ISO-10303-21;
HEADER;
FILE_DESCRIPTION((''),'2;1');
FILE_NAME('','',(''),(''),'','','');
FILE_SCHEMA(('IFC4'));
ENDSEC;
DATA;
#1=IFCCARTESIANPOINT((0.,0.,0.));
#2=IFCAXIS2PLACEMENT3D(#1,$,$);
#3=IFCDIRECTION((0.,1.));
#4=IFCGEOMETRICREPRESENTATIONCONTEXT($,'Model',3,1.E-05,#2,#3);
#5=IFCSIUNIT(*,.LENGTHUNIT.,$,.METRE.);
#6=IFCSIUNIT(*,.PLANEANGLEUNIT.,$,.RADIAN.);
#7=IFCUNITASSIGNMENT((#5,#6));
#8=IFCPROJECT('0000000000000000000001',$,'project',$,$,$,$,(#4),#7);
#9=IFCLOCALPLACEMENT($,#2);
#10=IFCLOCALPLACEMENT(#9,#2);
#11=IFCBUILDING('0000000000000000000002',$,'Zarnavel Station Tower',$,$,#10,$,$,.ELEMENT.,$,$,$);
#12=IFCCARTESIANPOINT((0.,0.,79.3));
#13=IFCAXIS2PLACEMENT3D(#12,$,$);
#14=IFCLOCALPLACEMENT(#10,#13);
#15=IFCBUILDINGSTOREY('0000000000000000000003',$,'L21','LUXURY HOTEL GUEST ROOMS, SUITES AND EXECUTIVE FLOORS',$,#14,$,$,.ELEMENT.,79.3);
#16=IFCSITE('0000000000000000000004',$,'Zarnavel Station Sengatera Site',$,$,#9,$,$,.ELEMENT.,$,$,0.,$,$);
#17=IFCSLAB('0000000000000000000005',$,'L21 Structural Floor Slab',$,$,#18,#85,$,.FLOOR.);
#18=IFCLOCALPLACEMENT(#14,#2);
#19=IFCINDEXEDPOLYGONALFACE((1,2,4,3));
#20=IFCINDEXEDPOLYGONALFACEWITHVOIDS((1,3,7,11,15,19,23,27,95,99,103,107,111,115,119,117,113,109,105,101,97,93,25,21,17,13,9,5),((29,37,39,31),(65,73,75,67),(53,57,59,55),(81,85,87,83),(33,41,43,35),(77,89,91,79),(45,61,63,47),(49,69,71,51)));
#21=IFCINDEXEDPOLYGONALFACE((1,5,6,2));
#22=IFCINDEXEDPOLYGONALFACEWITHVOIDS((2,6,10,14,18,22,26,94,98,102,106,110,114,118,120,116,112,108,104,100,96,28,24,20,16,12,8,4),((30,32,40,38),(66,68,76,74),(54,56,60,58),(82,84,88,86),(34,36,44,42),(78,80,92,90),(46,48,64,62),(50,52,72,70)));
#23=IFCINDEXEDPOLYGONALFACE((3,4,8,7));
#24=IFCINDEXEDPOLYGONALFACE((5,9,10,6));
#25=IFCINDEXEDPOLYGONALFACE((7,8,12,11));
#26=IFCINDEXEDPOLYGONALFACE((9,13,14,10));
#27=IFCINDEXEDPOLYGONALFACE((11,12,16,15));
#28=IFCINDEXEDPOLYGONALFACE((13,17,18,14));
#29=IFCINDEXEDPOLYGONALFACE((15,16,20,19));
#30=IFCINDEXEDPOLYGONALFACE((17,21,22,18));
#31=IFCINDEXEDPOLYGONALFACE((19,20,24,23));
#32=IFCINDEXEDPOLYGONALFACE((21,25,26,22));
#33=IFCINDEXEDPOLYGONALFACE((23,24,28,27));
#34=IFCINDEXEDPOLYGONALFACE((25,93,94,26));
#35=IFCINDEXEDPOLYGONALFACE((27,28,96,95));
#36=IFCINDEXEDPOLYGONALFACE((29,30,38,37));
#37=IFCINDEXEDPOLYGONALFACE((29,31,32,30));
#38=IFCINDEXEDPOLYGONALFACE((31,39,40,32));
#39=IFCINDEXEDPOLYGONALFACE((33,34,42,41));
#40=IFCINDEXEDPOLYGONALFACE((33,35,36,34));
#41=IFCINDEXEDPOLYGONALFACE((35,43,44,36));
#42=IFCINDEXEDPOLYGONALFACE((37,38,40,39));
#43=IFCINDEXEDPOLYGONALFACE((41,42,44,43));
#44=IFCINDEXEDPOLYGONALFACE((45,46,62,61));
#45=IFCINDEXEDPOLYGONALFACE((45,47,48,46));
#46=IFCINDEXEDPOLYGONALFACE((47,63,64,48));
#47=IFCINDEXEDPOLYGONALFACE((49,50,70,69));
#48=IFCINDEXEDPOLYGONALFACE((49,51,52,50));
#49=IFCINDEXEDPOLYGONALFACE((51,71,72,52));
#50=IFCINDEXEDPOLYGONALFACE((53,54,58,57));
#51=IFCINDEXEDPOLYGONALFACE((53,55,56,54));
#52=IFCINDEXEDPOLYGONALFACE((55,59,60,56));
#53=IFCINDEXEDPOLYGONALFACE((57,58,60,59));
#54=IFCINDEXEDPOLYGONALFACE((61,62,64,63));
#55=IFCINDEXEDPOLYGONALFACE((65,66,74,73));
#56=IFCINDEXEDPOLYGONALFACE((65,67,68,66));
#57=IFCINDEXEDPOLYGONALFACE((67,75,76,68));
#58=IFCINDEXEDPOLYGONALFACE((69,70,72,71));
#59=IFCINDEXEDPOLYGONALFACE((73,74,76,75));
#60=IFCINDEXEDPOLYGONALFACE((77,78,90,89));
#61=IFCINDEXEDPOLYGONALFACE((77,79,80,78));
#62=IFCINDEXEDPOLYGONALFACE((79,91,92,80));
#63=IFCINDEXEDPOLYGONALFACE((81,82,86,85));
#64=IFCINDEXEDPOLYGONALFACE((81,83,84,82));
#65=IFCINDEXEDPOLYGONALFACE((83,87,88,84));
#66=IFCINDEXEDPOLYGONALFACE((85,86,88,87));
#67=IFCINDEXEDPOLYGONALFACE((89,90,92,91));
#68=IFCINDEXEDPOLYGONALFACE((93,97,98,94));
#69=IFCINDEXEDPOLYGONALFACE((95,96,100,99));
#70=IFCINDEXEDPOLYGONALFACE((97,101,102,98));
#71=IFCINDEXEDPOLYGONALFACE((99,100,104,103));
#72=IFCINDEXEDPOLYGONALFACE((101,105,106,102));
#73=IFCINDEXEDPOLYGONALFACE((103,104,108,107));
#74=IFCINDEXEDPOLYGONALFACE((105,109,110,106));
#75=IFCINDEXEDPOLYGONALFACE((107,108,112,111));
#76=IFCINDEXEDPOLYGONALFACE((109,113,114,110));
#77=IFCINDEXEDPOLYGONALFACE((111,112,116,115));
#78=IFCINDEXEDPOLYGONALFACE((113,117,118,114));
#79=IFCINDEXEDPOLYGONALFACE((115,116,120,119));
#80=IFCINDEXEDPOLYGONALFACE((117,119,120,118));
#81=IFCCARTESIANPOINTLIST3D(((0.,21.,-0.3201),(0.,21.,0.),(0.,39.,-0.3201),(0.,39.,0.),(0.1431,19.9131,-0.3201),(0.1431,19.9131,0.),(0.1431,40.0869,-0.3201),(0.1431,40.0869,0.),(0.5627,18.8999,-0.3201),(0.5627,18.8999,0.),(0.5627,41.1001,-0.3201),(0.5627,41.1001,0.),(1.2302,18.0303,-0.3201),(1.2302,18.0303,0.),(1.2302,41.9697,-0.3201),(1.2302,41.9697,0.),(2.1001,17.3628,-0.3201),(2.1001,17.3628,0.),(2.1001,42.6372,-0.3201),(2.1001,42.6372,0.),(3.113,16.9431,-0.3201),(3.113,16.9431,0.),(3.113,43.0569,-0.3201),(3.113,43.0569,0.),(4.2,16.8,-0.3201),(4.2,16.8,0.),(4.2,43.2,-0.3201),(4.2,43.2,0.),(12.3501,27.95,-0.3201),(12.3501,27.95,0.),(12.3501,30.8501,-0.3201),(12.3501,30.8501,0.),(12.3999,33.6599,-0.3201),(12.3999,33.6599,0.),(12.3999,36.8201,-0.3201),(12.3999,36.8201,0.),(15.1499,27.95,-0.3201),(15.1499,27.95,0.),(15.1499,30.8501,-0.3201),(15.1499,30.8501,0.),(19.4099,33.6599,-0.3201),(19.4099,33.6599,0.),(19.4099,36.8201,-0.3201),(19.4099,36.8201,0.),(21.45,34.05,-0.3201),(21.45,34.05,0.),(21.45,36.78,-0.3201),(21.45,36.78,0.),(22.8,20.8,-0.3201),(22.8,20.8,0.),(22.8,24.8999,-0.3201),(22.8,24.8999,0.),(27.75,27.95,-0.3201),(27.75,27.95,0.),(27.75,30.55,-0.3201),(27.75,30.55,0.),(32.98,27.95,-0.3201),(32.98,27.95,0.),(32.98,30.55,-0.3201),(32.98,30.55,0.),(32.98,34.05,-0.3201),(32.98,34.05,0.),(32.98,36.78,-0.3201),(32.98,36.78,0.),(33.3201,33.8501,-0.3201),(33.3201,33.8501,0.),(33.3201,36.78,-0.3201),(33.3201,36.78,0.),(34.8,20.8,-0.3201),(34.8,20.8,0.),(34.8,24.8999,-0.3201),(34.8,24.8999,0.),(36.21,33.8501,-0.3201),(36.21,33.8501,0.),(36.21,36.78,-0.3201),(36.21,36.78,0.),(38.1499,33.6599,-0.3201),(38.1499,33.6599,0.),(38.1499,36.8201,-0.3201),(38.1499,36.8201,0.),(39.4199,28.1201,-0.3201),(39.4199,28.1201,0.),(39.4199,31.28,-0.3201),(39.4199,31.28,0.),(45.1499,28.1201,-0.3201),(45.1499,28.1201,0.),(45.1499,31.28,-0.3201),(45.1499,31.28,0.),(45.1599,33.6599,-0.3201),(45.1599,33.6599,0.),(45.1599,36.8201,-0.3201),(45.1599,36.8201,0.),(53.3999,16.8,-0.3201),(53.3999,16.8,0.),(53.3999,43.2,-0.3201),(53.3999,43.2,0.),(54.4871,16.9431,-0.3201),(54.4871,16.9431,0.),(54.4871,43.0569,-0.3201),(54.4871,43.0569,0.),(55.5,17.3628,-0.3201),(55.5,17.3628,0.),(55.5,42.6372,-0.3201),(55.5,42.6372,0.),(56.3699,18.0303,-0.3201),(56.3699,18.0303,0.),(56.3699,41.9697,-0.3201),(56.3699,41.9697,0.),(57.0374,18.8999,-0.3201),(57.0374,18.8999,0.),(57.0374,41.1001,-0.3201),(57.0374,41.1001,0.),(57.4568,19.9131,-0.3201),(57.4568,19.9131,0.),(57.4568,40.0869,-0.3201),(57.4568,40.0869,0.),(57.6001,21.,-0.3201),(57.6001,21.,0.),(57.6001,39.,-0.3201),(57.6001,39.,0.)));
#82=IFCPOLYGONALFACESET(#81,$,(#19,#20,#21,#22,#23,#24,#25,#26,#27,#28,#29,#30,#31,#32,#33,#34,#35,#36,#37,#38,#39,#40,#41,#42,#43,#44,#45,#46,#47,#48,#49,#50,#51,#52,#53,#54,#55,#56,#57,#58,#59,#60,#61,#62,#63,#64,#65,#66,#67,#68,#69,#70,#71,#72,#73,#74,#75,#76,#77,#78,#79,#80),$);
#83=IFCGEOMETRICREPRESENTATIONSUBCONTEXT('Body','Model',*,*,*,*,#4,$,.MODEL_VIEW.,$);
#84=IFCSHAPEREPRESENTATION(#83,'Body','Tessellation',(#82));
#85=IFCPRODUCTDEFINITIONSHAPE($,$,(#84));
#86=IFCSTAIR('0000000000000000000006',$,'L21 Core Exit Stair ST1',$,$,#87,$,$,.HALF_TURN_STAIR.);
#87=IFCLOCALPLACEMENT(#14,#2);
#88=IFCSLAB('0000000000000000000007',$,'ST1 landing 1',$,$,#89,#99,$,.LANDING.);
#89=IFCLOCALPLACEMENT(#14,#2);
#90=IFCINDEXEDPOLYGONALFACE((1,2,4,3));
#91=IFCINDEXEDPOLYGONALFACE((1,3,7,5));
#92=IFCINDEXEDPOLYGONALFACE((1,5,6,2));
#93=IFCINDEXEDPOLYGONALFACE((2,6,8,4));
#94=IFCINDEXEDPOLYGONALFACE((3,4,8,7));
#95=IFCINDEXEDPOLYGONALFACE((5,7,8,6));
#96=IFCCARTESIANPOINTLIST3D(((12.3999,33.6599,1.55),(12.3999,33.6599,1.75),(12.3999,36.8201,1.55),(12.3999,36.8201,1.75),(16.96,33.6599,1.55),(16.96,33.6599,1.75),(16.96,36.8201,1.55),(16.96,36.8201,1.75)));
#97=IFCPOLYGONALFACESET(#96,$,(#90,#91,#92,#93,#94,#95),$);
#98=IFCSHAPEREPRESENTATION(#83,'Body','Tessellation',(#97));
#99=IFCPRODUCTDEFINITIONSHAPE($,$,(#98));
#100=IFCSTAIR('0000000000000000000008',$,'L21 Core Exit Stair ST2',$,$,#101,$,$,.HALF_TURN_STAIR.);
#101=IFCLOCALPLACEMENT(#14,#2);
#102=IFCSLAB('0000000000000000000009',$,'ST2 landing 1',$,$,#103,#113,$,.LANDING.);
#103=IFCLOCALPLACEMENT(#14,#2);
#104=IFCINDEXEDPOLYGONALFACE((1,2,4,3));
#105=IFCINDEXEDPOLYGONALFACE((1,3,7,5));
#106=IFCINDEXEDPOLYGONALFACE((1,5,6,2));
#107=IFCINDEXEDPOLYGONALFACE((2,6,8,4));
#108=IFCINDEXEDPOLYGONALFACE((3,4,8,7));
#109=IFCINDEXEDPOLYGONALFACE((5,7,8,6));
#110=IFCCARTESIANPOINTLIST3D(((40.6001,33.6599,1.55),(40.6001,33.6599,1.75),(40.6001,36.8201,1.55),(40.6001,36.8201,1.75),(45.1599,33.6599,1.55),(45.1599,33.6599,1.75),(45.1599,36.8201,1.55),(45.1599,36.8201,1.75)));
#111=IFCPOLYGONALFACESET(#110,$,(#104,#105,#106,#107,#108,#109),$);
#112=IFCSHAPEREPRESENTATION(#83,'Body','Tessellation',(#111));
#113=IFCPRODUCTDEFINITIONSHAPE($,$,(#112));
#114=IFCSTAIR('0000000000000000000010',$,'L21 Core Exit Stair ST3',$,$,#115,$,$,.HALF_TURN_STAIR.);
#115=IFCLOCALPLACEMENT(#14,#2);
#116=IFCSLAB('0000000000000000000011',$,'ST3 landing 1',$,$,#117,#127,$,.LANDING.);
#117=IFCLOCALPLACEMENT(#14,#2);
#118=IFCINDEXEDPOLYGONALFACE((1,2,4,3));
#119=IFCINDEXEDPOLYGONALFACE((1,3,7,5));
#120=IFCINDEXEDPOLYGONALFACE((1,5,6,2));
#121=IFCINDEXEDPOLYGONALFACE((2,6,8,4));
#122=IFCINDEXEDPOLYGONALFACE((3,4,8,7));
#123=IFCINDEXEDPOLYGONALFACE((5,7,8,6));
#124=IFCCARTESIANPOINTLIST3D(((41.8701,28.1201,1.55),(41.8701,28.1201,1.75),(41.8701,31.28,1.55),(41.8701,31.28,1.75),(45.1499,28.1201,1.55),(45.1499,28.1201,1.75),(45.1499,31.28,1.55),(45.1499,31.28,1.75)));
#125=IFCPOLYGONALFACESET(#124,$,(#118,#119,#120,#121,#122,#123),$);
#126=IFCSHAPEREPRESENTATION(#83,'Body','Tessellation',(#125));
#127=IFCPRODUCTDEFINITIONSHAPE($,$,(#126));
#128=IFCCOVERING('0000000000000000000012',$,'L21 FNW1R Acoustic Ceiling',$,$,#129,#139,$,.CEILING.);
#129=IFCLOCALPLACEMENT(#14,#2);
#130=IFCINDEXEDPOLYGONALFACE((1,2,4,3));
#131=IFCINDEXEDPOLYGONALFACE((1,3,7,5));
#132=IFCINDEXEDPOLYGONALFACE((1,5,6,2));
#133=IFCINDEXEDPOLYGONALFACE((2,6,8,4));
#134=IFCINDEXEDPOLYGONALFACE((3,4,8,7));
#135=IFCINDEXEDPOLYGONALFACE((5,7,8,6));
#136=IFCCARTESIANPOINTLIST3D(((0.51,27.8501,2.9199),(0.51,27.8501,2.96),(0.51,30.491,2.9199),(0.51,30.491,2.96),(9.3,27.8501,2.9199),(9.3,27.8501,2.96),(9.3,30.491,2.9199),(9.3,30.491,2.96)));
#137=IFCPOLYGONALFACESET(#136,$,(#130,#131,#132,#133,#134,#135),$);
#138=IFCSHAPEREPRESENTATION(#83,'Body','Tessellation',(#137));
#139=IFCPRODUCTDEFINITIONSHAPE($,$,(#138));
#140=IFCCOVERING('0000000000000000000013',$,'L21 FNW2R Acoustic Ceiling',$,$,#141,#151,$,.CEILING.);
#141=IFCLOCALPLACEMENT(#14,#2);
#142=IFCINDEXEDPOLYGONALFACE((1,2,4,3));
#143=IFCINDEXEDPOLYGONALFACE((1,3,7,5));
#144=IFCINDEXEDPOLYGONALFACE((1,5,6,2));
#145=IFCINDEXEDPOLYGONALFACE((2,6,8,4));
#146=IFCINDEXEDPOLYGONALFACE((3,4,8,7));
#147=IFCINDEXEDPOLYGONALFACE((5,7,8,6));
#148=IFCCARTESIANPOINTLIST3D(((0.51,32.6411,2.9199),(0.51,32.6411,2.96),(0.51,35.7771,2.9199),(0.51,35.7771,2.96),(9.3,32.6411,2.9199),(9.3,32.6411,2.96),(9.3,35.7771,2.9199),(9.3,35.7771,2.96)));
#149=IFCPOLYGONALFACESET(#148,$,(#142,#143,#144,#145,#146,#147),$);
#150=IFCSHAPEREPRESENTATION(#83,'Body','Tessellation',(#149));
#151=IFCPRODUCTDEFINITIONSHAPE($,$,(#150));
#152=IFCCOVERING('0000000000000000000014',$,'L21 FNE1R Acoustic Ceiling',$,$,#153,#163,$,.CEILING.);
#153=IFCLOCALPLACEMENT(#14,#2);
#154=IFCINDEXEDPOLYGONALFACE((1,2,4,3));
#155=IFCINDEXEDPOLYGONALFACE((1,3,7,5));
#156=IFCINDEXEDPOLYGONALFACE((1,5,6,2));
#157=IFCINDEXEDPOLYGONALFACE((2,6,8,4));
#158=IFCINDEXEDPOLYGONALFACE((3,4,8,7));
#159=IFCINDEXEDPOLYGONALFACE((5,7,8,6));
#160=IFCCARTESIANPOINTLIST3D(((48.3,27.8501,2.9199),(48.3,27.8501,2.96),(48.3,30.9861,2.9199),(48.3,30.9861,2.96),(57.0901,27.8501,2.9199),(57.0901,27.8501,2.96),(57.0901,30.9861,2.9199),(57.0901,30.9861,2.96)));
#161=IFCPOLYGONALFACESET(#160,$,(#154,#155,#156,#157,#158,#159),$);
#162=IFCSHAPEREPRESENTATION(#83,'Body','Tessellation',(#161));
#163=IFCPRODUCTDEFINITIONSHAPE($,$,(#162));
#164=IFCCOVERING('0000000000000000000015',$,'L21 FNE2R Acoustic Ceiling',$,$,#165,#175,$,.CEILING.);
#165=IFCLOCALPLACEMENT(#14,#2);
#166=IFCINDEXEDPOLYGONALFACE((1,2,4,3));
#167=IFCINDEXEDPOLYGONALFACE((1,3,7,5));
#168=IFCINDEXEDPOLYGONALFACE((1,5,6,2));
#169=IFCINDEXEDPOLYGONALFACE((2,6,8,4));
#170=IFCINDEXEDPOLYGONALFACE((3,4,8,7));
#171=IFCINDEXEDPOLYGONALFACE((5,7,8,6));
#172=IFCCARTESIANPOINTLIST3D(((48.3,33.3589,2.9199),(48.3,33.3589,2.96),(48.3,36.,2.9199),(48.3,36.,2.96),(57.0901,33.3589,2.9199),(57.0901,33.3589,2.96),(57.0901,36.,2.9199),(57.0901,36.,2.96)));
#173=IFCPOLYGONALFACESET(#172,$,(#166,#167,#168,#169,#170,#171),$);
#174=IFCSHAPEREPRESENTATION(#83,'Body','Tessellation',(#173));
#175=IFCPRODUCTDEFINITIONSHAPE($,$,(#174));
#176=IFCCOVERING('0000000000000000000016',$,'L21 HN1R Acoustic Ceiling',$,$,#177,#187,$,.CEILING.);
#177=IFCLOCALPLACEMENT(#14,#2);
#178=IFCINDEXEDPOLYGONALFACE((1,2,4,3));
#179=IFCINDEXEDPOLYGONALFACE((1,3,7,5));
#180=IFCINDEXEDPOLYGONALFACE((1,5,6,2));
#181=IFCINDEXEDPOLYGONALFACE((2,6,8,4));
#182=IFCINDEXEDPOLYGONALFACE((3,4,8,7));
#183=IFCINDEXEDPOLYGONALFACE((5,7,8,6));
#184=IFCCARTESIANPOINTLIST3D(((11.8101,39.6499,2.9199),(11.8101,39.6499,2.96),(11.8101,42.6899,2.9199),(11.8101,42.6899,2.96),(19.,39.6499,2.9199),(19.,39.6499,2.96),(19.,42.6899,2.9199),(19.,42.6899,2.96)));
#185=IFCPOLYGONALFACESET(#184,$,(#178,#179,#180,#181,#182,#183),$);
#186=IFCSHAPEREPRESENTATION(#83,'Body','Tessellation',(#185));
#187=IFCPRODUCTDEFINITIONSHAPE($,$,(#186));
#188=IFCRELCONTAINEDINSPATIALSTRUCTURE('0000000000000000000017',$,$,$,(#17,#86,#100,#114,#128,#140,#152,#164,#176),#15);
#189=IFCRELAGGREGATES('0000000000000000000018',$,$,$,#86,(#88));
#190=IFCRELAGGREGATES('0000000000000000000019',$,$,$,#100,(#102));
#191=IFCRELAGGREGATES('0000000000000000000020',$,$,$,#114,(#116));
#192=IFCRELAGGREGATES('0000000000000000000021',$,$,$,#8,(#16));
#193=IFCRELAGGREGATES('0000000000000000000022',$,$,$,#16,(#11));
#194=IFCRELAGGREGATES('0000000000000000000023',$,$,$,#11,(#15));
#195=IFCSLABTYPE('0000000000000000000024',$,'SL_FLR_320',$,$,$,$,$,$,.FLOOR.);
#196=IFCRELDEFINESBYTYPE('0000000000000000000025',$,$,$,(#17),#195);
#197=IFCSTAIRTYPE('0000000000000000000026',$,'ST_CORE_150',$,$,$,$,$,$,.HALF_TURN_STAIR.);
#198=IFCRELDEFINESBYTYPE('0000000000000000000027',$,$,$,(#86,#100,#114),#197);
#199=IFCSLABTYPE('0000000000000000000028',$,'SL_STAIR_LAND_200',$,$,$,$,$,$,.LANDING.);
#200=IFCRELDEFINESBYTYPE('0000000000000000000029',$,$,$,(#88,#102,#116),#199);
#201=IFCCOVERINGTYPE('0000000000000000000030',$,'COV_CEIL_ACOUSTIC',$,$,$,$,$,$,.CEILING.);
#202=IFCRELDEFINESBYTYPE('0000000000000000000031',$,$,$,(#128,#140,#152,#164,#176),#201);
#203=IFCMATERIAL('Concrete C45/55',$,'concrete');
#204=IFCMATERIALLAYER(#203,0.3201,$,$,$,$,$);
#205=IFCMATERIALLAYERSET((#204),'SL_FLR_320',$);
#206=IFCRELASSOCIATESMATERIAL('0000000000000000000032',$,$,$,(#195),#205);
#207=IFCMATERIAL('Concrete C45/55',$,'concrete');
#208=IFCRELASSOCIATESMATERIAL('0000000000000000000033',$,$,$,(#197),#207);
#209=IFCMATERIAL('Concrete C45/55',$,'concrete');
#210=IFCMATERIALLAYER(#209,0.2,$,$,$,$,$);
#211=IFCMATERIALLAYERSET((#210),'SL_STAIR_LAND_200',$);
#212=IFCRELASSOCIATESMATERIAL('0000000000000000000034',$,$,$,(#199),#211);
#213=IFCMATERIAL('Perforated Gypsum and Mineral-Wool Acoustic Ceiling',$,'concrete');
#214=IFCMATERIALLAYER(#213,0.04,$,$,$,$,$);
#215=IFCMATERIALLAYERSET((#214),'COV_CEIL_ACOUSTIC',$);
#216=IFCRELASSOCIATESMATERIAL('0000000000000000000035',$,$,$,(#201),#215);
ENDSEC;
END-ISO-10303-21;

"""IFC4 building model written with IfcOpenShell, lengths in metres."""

from ifc_helpers import new_model, si_unit, direction, frame, origin, place, context, subcontext, project, spatial, polyline, outline, extrude, material, layer, layer_set, type_object, element, aggregate, save


model = new_model("IFC4")

# Units and contexts
model_context = context("Model", 3, precision=1e-05, world=origin(), true_north=direction((0.0, 1.0)))
body_context = subcontext(model_context, "Body", "Model", "MODEL_VIEW")
ifc_project = project(units=[si_unit("LENGTHUNIT", "METRE"), si_unit("PLANEANGLEUNIT", "RADIAN")], contexts=[model_context])

# Site, building, storey
site_placement = place(None, origin())
site = spatial("IfcSite", under=ifc_project, at=site_placement, Name="Zarnavel Station Sengatera Site", CompositionType="ELEMENT", RefElevation=0.0)
building_placement = place(site_placement, origin())
building = spatial("IfcBuilding", under=site, at=building_placement, Name="Zarnavel Station Tower", CompositionType="ELEMENT")
storey_placement = place(building_placement, frame((0.0, 0.0, 79.3)))
storey = spatial("IfcBuildingStorey", under=building, at=storey_placement, Name="L21", Description="LUXURY HOTEL GUEST ROOMS, SUITES AND EXECUTIVE FLOORS", CompositionType="ELEMENT", Elevation=79.3)

# Slab
ifc_material_1 = material(Name="Concrete C45/55", Category="concrete")
ifc_layer_1 = layer(ifc_material_1, 0.3201)
ifc_layer_set_1 = layer_set([ifc_layer_1], Name="SL_FLR_320")
slab_type_1 = type_object("IfcSlabType", Name="SL_FLR_320", PredefinedType="FLOOR", material=ifc_layer_set_1)
slab_1_placement = place(storey_placement, frame((0.0, 0.0, -0.3201)))
element("IfcSlab", 1, at=slab_1_placement, inside=storey, type_object=slab_type_1, Name="L21 Structural Floor Slab", PredefinedType="FLOOR", context=body_context, shape_type="SweptSolid", body=[
    extrude(outline(polyline([(53.3999, 16.8), (54.4871, 16.9431), (55.5, 17.3628), (56.3699, 18.0303), (57.0374, 18.8999), (57.4568, 19.9131), (57.6001, 21.0), (57.6001, 39.0), (57.4568, 40.0869), (57.0374, 41.1001), (56.3699, 41.9697), (55.5, 42.6372), (54.4871, 43.0569), (53.3999, 43.2), (4.2, 43.2), (3.113, 43.0569), (2.1001, 42.6372), (1.2302, 41.9697), (0.5627, 41.1001), (0.1431, 40.0869), (0.0, 39.0), (0.0, 21.0), (0.1431, 19.9131), (0.5627, 18.8999), (1.2302, 18.0303), (2.1001, 17.3628), (3.113, 16.9431), (4.2, 16.8), (53.3999, 16.8)]), holes=[polyline([(12.3999, 33.6599), (19.4099, 33.6599), (19.4099, 36.8201), (12.3999, 36.8201), (12.3999, 33.6599)]), polyline([(38.1499, 33.6599), (45.1599, 33.6599), (45.1599, 36.8201), (38.1499, 36.8201), (38.1499, 33.6599)]), polyline([(39.4199, 28.1201), (45.1499, 28.1201), (45.1499, 31.28), (39.4199, 31.28), (39.4199, 28.1201)]), polyline([(12.3501, 27.95), (15.1499, 27.95), (15.1499, 30.8501), (12.3501, 30.8501), (12.3501, 27.95)]), polyline([(33.3201, 33.8501), (36.21, 33.8501), (36.21, 36.78), (33.3201, 36.78), (33.3201, 33.8501)]), polyline([(21.45, 34.05), (32.98, 34.05), (32.98, 36.78), (21.45, 36.78), (21.45, 34.05)]), polyline([(27.75, 27.95), (32.98, 27.95), (32.98, 30.55), (27.75, 30.55), (27.75, 27.95)]), polyline([(22.8, 20.8), (34.8, 20.8), (34.8, 24.8999), (22.8, 24.8999), (22.8, 20.8)])]), origin(), (0.0, 0.0, 1.0), 0.3201),
])

# Stairs, slabs
ifc_material_2 = material(Name="Concrete C45/55", Category="concrete")
stair_type = type_object("IfcStairType", Name="ST_CORE_150", PredefinedType="HALF_TURN_STAIR", material=ifc_material_2)
stair_1_placement = place(storey_placement, origin())
stair_1 = element("IfcStair", 2, at=stair_1_placement, inside=storey, type_object=stair_type, Name="L21 Core Exit Stair ST1", PredefinedType="HALF_TURN_STAIR")
ifc_material_3 = material(Name="Concrete C45/55", Category="concrete")
ifc_layer_2 = layer(ifc_material_3, 0.2)
ifc_layer_set_2 = layer_set([ifc_layer_2], Name="SL_STAIR_LAND_200")
slab_type_2 = type_object("IfcSlabType", Name="SL_STAIR_LAND_200", PredefinedType="LANDING", material=ifc_layer_set_2)
slab_2_placement = place(storey_placement, frame((0.0, 0.0, 1.55)))
slab_2 = element("IfcSlab", 3, at=slab_2_placement, type_object=slab_type_2, Name="ST1 landing 1", PredefinedType="LANDING", context=body_context, shape_type="SweptSolid", body=[
    extrude(outline(polyline([(16.96, 36.8201), (12.3999, 36.8201), (12.3999, 33.6599), (16.96, 33.6599), (16.96, 36.8201)])), origin(), (0.0, 0.0, 1.0), 0.2),
])
aggregate(stair_1, [slab_2])
stair_2_placement = place(storey_placement, origin())
stair_2 = element("IfcStair", 4, at=stair_2_placement, inside=storey, type_object=stair_type, Name="L21 Core Exit Stair ST2", PredefinedType="HALF_TURN_STAIR")
slab_3_placement = place(storey_placement, frame((0.0, 0.0, 1.55)))
slab_3 = element("IfcSlab", 5, at=slab_3_placement, type_object=slab_type_2, Name="ST2 landing 1", PredefinedType="LANDING", context=body_context, shape_type="SweptSolid", body=[
    extrude(outline(polyline([(40.6001, 33.6599), (45.1599, 33.6599), (45.1599, 36.8201), (40.6001, 36.8201), (40.6001, 33.6599)])), origin(), (0.0, 0.0, 1.0), 0.2),
])
aggregate(stair_2, [slab_3])
stair_3_placement = place(storey_placement, origin())
stair_3 = element("IfcStair", 6, at=stair_3_placement, inside=storey, type_object=stair_type, Name="L21 Core Exit Stair ST3", PredefinedType="HALF_TURN_STAIR")
slab_4_placement = place(storey_placement, frame((0.0, 0.0, 1.55)))
slab_4 = element("IfcSlab", 7, at=slab_4_placement, type_object=slab_type_2, Name="ST3 landing 1", PredefinedType="LANDING", context=body_context, shape_type="SweptSolid", body=[
    extrude(outline(polyline([(41.8701, 28.1201), (45.1499, 28.1201), (45.1499, 31.28), (41.8701, 31.28), (41.8701, 28.1201)])), origin(), (0.0, 0.0, 1.0), 0.2),
])
aggregate(stair_3, [slab_4])

# Coverings
ifc_material_4 = material(Name="Perforated Gypsum and Mineral-Wool Acoustic Ceiling", Category="concrete")
ifc_layer_3 = layer(ifc_material_4, 0.04)
ifc_layer_set_3 = layer_set([ifc_layer_3], Name="COV_CEIL_ACOUSTIC")
covering_type_1 = type_object("IfcCoveringType", Name="COV_CEIL_ACOUSTIC", PredefinedType="CEILING", material=ifc_layer_set_3)
covering_1_placement = place(storey_placement, frame((0.0, 0.0, 2.9199)))
element("IfcCovering", 8, at=covering_1_placement, inside=storey, type_object=covering_type_1, Name="L21 FNW1R Acoustic Ceiling", PredefinedType="CEILING", context=body_context, shape_type="SweptSolid", body=[
    extrude(outline(polyline([(0.51, 27.8501), (9.3, 27.8501), (9.3, 30.491), (0.51, 30.491), (0.51, 27.8501)])), origin(), (0.0, 0.0, 1.0), 0.04),
])
covering_2_placement = place(storey_placement, frame((0.0, 0.0, 2.9199)))
element("IfcCovering", 9, at=covering_2_placement, inside=storey, type_object=covering_type_1, Name="L21 FNW2R Acoustic Ceiling", PredefinedType="CEILING", context=body_context, shape_type="SweptSolid", body=[
    extrude(outline(polyline([(0.51, 32.6411), (9.3, 32.6411), (9.3, 35.7771), (0.51, 35.7771), (0.51, 32.6411)])), origin(), (0.0, 0.0, 1.0), 0.04),
])
covering_3_placement = place(storey_placement, frame((0.0, 0.0, 2.9199)))
element("IfcCovering", 10, at=covering_3_placement, inside=storey, type_object=covering_type_1, Name="L21 FNE1R Acoustic Ceiling", PredefinedType="CEILING", context=body_context, shape_type="SweptSolid", body=[
    extrude(outline(polyline([(48.3, 27.8501), (57.0901, 27.8501), (57.0901, 30.9861), (48.3, 30.9861), (48.3, 27.8501)])), origin(), (0.0, 0.0, 1.0), 0.04),
])
covering_4_placement = place(storey_placement, frame((0.0, 0.0, 2.9199)))
element("IfcCovering", 11, at=covering_4_placement, inside=storey, type_object=covering_type_1, Name="L21 FNE2R Acoustic Ceiling", PredefinedType="CEILING", context=body_context, shape_type="SweptSolid", body=[
    extrude(outline(polyline([(48.3, 33.3589), (57.0901, 33.3589), (57.0901, 36.0), (48.3, 36.0), (48.3, 33.3589)])), origin(), (0.0, 0.0, 1.0), 0.04),
])
covering_5_placement = place(storey_placement, frame((0.0, 0.0, 2.9199)))
element("IfcCovering", 12, at=covering_5_placement, inside=storey, type_object=covering_type_1, Name="L21 HN1R Acoustic Ceiling", PredefinedType="CEILING", context=body_context, shape_type="SweptSolid", body=[
    extrude(outline(polyline([(11.8101, 39.6499), (19.0, 39.6499), (19.0, 42.6899), (11.8101, 42.6899), (11.8101, 39.6499)])), origin(), (0.0, 0.0, 1.0), 0.04),
])

save(model, "model.ifc")
